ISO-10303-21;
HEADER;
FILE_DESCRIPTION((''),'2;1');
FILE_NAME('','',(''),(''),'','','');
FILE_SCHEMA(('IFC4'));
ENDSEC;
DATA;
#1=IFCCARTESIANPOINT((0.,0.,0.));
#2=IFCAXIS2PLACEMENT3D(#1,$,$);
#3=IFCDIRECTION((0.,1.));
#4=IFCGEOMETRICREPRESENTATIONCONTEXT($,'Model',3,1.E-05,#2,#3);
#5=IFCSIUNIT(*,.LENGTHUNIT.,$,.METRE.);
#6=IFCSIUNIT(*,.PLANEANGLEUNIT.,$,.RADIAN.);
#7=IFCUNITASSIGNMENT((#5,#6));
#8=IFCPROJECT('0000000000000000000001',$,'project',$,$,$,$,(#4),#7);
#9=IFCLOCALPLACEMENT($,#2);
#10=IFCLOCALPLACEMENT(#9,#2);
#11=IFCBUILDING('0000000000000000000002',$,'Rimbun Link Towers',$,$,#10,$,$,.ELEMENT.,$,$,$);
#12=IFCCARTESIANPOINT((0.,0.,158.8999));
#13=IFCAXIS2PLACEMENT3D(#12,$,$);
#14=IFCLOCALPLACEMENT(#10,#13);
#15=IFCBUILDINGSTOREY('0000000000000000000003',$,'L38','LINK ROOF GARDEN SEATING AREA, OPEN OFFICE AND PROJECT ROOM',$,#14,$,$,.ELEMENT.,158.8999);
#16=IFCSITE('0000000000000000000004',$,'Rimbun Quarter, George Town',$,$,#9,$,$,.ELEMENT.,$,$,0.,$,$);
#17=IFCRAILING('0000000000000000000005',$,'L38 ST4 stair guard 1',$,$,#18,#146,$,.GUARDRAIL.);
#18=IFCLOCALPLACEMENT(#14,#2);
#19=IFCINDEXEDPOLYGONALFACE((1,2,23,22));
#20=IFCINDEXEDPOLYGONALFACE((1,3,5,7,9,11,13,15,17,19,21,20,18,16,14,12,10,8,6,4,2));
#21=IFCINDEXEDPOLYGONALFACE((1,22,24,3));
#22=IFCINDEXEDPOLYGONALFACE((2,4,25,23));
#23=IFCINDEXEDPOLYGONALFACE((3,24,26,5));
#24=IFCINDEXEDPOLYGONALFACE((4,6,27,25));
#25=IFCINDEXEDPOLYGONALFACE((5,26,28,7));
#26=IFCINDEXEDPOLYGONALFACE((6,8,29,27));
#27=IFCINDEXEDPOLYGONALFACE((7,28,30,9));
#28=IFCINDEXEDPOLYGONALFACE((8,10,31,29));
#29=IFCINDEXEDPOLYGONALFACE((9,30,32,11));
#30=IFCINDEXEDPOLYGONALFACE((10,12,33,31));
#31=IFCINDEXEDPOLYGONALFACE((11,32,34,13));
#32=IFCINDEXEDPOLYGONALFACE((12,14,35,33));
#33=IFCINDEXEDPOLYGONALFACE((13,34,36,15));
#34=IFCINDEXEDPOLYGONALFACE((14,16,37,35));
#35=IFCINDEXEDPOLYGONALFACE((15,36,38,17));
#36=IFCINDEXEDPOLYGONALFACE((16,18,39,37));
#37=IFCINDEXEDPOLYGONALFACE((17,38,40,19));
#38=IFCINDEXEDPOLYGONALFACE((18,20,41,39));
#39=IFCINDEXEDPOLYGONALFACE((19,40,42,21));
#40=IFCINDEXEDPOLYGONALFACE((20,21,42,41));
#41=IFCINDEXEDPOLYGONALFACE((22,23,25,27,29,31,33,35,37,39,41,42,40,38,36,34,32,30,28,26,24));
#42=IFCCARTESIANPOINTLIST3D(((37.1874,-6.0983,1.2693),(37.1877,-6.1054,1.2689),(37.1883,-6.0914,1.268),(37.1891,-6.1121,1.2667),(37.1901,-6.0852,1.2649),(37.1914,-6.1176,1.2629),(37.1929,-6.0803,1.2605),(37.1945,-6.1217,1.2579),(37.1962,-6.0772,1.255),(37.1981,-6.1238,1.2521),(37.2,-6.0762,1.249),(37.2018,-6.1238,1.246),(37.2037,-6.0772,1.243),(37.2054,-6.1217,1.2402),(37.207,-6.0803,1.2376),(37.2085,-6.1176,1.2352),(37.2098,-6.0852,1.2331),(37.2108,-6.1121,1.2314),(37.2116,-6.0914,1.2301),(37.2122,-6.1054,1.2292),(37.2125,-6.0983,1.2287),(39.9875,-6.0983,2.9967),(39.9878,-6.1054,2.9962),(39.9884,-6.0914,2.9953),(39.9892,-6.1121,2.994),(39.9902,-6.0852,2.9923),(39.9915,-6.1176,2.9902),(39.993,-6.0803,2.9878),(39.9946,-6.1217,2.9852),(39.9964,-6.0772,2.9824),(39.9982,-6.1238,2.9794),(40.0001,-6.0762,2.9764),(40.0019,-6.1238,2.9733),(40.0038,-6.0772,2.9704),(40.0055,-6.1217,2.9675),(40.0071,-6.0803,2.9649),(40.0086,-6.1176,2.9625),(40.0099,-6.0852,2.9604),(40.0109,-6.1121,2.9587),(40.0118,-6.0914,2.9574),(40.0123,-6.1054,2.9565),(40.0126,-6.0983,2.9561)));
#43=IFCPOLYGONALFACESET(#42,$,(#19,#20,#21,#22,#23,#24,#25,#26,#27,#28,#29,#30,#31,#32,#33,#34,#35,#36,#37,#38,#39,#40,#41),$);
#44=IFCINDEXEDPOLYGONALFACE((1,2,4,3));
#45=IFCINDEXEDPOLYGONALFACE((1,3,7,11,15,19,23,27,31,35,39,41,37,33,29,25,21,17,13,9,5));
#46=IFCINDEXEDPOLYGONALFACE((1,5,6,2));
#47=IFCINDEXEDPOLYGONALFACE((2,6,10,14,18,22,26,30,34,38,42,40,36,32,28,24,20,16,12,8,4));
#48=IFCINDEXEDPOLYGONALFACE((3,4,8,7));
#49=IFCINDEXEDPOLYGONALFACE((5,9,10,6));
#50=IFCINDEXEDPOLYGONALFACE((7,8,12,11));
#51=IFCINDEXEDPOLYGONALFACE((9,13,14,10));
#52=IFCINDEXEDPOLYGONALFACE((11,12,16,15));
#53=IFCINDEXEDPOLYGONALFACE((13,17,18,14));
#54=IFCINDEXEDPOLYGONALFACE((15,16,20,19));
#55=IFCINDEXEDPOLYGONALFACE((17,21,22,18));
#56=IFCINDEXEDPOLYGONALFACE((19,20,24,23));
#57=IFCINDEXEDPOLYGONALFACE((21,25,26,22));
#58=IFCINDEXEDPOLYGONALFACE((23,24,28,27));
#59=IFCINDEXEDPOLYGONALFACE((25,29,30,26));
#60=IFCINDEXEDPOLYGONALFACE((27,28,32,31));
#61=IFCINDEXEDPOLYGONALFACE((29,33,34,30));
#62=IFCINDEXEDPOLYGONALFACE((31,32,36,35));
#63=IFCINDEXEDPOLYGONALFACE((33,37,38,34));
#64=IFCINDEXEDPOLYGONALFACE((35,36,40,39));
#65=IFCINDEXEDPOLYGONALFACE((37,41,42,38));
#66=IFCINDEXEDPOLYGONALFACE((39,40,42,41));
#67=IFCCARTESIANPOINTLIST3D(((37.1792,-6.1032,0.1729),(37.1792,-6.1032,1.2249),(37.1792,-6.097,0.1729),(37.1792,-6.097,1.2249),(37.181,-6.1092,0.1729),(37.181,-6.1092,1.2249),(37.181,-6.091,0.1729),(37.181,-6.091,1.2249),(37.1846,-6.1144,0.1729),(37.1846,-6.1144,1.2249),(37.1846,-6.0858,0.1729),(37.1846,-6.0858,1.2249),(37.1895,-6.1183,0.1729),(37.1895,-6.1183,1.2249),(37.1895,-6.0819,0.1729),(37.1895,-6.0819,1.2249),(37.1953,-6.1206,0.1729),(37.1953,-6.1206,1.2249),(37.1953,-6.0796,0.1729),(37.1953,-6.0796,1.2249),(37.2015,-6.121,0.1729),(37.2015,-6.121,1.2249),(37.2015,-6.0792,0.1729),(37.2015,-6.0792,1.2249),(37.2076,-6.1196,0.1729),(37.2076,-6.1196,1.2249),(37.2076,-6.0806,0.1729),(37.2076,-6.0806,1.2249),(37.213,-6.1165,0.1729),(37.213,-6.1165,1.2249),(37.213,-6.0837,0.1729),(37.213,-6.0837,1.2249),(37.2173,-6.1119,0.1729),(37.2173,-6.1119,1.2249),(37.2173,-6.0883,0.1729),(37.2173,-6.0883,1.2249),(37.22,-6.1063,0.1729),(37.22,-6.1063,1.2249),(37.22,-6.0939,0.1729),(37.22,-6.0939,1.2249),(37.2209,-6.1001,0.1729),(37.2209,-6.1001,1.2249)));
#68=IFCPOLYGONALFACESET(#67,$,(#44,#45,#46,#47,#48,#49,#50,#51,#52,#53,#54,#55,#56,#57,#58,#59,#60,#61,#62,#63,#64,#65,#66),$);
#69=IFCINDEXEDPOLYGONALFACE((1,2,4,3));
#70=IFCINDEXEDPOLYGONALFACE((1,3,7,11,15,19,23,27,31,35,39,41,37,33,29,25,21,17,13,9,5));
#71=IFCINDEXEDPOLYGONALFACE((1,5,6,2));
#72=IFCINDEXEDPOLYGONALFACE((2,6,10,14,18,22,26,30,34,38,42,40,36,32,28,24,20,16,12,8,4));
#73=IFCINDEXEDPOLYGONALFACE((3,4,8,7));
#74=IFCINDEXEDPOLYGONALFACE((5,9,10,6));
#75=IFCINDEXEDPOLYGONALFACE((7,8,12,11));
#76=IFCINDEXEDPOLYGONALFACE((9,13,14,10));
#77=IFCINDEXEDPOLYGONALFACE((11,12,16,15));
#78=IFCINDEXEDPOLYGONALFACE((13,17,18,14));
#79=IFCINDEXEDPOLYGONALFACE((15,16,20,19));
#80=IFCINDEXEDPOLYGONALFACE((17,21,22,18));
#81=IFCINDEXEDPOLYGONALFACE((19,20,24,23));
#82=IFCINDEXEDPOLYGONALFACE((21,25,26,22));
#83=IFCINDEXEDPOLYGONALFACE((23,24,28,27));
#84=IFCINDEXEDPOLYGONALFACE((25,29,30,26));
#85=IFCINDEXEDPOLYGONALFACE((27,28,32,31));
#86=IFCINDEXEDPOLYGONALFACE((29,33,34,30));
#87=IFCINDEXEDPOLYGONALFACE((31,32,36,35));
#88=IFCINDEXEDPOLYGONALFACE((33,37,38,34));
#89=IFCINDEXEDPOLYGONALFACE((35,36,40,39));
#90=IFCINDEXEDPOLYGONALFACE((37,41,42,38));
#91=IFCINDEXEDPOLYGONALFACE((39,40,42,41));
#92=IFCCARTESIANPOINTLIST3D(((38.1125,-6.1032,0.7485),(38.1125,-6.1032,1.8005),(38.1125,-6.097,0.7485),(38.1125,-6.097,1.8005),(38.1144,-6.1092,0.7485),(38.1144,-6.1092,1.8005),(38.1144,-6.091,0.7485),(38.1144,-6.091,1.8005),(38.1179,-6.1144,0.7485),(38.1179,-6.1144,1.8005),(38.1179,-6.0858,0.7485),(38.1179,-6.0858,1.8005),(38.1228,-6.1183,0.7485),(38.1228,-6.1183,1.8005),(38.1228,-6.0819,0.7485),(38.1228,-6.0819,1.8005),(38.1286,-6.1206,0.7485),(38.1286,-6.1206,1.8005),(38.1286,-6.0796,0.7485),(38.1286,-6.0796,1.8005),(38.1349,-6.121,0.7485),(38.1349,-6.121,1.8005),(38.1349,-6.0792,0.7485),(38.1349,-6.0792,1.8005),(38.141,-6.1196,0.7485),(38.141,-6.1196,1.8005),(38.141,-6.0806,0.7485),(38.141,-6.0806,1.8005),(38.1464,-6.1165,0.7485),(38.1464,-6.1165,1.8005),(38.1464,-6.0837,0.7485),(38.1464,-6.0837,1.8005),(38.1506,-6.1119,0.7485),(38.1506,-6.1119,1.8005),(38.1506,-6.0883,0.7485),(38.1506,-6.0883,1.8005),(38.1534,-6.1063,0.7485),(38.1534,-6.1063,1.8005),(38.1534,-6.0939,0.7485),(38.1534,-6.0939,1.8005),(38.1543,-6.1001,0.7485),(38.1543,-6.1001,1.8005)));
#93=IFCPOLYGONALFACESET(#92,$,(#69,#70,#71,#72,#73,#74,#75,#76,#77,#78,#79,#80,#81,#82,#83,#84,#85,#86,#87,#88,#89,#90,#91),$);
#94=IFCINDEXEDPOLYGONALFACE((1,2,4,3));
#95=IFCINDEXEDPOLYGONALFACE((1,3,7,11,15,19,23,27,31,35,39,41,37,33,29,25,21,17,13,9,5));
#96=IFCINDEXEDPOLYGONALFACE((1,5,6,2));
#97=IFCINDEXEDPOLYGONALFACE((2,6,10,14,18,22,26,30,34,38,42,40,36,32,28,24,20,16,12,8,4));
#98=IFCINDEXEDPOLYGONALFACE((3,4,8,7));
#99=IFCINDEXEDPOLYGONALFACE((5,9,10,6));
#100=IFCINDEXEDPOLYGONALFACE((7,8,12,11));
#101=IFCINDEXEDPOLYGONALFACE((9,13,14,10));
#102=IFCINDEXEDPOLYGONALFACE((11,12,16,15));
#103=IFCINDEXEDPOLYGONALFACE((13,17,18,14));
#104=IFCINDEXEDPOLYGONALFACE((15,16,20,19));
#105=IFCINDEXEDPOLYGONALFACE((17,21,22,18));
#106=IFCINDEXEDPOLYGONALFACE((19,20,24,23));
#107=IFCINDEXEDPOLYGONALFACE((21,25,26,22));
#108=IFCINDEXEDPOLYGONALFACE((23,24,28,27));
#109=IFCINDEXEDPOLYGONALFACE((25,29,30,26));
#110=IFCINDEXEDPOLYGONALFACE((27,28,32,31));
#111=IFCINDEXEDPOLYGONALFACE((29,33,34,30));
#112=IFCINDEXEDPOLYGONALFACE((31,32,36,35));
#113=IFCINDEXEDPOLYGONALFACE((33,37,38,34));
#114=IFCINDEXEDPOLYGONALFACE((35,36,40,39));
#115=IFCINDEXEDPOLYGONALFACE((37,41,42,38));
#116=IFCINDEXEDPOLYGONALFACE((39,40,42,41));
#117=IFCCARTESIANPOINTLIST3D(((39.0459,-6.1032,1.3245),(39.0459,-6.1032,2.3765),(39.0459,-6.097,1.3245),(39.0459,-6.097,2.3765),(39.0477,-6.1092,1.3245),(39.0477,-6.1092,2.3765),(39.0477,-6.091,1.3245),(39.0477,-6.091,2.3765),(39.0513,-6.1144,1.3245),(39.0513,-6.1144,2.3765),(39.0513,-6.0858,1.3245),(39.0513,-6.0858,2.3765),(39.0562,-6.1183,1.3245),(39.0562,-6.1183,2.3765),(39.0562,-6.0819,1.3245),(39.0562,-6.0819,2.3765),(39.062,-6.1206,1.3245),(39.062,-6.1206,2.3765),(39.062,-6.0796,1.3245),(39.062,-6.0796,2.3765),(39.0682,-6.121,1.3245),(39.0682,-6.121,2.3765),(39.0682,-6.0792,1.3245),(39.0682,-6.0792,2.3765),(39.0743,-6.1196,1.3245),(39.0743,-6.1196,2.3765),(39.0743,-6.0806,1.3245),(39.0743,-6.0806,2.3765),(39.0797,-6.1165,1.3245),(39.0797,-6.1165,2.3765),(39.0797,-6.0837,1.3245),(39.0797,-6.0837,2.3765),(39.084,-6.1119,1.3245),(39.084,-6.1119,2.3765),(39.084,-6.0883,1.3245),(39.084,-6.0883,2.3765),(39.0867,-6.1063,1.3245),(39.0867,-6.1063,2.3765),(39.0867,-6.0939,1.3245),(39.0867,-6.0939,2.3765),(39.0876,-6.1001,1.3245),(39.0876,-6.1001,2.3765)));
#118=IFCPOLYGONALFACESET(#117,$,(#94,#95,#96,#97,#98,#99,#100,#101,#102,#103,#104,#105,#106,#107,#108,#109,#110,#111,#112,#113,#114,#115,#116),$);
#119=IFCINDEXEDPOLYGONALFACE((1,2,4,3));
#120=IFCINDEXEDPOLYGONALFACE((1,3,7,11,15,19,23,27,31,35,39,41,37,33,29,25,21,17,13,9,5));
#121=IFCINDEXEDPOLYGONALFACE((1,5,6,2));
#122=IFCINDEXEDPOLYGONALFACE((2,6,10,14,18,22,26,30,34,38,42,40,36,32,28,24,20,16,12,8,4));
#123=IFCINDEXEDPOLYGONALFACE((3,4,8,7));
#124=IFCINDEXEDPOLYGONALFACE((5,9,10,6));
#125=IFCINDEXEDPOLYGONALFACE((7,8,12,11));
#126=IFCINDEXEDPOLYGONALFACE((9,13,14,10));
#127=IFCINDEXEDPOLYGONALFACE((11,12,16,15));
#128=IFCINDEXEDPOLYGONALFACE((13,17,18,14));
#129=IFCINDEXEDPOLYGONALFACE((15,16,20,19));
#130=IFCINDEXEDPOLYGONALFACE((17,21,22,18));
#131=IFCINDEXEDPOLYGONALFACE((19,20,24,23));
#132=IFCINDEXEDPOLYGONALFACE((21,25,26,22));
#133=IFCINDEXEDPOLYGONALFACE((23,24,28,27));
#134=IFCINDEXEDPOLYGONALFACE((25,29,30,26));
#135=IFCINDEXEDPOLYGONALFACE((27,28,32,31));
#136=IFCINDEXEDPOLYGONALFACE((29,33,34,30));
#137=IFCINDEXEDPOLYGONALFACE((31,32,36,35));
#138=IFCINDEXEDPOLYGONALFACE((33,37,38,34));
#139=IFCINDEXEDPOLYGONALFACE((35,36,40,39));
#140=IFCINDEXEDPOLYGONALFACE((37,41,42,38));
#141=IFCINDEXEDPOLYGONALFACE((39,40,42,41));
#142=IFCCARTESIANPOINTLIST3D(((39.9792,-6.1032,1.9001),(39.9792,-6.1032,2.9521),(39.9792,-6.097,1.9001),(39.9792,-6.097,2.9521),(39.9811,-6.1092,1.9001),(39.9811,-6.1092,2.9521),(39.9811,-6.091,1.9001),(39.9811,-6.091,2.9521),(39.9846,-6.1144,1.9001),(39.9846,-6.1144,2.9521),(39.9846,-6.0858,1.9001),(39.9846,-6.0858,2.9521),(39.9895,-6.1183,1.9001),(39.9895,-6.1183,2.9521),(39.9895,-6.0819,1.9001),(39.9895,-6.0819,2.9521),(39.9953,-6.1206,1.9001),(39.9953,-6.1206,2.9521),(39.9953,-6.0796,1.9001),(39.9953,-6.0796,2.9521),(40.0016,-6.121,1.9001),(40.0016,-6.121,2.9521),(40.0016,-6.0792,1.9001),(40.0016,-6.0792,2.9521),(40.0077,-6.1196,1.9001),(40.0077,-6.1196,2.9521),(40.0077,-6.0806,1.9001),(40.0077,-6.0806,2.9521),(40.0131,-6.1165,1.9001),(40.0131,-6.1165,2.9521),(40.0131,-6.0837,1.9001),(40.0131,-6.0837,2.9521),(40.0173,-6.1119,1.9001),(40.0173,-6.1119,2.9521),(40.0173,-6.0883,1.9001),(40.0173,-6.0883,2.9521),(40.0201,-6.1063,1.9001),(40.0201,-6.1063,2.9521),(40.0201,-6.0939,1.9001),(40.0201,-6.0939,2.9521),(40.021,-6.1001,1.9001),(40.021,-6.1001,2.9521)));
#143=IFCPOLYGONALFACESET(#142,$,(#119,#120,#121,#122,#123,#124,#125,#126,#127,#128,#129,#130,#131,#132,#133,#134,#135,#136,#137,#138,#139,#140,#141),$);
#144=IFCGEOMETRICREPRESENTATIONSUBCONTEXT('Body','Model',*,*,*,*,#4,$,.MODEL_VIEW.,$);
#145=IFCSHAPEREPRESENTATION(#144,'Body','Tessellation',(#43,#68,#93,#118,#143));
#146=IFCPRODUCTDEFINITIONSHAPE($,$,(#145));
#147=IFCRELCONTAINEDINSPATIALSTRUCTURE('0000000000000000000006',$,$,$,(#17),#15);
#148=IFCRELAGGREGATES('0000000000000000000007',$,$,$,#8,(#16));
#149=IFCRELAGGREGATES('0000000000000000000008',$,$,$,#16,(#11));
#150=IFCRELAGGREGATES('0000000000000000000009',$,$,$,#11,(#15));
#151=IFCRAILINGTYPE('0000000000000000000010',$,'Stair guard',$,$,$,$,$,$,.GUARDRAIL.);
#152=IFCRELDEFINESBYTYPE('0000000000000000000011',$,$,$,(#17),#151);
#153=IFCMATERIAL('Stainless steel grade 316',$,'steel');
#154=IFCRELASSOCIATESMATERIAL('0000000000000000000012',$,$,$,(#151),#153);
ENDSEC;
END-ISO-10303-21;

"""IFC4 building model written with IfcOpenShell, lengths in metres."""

from ifc_helpers import new_model, si_unit, direction, frame, origin, origin_2d, place, context, subcontext, project, spatial, circle, extrude, material, type_object, element, save


model = new_model("IFC4")

# Units and contexts
model_context = context("Model", 3, precision=1e-05, world=origin(), true_north=direction((0.0, 1.0)))
body_context = subcontext(model_context, "Body", "Model", "MODEL_VIEW")
ifc_project = project(units=[si_unit("LENGTHUNIT", "METRE"), si_unit("PLANEANGLEUNIT", "RADIAN")], contexts=[model_context])

# Site, building, storey
site_placement = place(None, origin())
site = spatial("IfcSite", under=ifc_project, at=site_placement, Name="Rimbun Quarter, George Town", CompositionType="ELEMENT", RefElevation=0.0)
building_placement = place(site_placement, origin())
building = spatial("IfcBuilding", under=site, at=building_placement, Name="Rimbun Link Towers", CompositionType="ELEMENT")
storey_placement = place(building_placement, frame((0.0, 0.0, 158.8999)))
storey = spatial("IfcBuildingStorey", under=building, at=storey_placement, Name="L38", Description="LINK ROOF GARDEN SEATING AREA, OPEN OFFICE AND PROJECT ROOM", CompositionType="ELEMENT", Elevation=158.8999)

# Railing
ifc_material_1 = material(Name="Stainless steel grade 316", Category="steel")
railing_type_1 = type_object("IfcRailingType", Name="Stair guard", PredefinedType="GUARDRAIL", material=ifc_material_1)
railing_1_placement = place(storey_placement, frame((37.2, -6.1001, 0.1729)))
element("IfcRailing", 1, at=railing_1_placement, inside=storey, type_object=railing_type_1, Name="L38 ST4 stair guard 1", PredefinedType="GUARDRAIL", context=body_context, shape_type="SweptSolid", body=[
    extrude(circle(Radius=0.0239, at=origin_2d()), frame((0.0, 0.0, 1.0762), z_axis=(0.85109, 0.0, 0.52502), x_axis=(0.0, 1.0, 0.0)), (0.0, 0.0, 1.0), 3.29),
    extrude(circle(Radius=0.021, at=origin_2d()), origin(), (0.0, 0.0, 1.0), 1.052),
    extrude(circle(Radius=0.021, at=origin_2d()), frame((0.9333, 0.0, 0.5757)), (0.0, 0.0, 1.0), 1.052),
    extrude(circle(Radius=0.021, at=origin_2d()), frame((1.8667, 0.0, 1.1516)), (0.0, 0.0, 1.0), 1.052),
    extrude(circle(Radius=0.021, at=origin_2d()), frame((2.8, 0.0, 1.7273)), (0.0, 0.0, 1.0), 1.052),
])

save(model, "model.ifc")
